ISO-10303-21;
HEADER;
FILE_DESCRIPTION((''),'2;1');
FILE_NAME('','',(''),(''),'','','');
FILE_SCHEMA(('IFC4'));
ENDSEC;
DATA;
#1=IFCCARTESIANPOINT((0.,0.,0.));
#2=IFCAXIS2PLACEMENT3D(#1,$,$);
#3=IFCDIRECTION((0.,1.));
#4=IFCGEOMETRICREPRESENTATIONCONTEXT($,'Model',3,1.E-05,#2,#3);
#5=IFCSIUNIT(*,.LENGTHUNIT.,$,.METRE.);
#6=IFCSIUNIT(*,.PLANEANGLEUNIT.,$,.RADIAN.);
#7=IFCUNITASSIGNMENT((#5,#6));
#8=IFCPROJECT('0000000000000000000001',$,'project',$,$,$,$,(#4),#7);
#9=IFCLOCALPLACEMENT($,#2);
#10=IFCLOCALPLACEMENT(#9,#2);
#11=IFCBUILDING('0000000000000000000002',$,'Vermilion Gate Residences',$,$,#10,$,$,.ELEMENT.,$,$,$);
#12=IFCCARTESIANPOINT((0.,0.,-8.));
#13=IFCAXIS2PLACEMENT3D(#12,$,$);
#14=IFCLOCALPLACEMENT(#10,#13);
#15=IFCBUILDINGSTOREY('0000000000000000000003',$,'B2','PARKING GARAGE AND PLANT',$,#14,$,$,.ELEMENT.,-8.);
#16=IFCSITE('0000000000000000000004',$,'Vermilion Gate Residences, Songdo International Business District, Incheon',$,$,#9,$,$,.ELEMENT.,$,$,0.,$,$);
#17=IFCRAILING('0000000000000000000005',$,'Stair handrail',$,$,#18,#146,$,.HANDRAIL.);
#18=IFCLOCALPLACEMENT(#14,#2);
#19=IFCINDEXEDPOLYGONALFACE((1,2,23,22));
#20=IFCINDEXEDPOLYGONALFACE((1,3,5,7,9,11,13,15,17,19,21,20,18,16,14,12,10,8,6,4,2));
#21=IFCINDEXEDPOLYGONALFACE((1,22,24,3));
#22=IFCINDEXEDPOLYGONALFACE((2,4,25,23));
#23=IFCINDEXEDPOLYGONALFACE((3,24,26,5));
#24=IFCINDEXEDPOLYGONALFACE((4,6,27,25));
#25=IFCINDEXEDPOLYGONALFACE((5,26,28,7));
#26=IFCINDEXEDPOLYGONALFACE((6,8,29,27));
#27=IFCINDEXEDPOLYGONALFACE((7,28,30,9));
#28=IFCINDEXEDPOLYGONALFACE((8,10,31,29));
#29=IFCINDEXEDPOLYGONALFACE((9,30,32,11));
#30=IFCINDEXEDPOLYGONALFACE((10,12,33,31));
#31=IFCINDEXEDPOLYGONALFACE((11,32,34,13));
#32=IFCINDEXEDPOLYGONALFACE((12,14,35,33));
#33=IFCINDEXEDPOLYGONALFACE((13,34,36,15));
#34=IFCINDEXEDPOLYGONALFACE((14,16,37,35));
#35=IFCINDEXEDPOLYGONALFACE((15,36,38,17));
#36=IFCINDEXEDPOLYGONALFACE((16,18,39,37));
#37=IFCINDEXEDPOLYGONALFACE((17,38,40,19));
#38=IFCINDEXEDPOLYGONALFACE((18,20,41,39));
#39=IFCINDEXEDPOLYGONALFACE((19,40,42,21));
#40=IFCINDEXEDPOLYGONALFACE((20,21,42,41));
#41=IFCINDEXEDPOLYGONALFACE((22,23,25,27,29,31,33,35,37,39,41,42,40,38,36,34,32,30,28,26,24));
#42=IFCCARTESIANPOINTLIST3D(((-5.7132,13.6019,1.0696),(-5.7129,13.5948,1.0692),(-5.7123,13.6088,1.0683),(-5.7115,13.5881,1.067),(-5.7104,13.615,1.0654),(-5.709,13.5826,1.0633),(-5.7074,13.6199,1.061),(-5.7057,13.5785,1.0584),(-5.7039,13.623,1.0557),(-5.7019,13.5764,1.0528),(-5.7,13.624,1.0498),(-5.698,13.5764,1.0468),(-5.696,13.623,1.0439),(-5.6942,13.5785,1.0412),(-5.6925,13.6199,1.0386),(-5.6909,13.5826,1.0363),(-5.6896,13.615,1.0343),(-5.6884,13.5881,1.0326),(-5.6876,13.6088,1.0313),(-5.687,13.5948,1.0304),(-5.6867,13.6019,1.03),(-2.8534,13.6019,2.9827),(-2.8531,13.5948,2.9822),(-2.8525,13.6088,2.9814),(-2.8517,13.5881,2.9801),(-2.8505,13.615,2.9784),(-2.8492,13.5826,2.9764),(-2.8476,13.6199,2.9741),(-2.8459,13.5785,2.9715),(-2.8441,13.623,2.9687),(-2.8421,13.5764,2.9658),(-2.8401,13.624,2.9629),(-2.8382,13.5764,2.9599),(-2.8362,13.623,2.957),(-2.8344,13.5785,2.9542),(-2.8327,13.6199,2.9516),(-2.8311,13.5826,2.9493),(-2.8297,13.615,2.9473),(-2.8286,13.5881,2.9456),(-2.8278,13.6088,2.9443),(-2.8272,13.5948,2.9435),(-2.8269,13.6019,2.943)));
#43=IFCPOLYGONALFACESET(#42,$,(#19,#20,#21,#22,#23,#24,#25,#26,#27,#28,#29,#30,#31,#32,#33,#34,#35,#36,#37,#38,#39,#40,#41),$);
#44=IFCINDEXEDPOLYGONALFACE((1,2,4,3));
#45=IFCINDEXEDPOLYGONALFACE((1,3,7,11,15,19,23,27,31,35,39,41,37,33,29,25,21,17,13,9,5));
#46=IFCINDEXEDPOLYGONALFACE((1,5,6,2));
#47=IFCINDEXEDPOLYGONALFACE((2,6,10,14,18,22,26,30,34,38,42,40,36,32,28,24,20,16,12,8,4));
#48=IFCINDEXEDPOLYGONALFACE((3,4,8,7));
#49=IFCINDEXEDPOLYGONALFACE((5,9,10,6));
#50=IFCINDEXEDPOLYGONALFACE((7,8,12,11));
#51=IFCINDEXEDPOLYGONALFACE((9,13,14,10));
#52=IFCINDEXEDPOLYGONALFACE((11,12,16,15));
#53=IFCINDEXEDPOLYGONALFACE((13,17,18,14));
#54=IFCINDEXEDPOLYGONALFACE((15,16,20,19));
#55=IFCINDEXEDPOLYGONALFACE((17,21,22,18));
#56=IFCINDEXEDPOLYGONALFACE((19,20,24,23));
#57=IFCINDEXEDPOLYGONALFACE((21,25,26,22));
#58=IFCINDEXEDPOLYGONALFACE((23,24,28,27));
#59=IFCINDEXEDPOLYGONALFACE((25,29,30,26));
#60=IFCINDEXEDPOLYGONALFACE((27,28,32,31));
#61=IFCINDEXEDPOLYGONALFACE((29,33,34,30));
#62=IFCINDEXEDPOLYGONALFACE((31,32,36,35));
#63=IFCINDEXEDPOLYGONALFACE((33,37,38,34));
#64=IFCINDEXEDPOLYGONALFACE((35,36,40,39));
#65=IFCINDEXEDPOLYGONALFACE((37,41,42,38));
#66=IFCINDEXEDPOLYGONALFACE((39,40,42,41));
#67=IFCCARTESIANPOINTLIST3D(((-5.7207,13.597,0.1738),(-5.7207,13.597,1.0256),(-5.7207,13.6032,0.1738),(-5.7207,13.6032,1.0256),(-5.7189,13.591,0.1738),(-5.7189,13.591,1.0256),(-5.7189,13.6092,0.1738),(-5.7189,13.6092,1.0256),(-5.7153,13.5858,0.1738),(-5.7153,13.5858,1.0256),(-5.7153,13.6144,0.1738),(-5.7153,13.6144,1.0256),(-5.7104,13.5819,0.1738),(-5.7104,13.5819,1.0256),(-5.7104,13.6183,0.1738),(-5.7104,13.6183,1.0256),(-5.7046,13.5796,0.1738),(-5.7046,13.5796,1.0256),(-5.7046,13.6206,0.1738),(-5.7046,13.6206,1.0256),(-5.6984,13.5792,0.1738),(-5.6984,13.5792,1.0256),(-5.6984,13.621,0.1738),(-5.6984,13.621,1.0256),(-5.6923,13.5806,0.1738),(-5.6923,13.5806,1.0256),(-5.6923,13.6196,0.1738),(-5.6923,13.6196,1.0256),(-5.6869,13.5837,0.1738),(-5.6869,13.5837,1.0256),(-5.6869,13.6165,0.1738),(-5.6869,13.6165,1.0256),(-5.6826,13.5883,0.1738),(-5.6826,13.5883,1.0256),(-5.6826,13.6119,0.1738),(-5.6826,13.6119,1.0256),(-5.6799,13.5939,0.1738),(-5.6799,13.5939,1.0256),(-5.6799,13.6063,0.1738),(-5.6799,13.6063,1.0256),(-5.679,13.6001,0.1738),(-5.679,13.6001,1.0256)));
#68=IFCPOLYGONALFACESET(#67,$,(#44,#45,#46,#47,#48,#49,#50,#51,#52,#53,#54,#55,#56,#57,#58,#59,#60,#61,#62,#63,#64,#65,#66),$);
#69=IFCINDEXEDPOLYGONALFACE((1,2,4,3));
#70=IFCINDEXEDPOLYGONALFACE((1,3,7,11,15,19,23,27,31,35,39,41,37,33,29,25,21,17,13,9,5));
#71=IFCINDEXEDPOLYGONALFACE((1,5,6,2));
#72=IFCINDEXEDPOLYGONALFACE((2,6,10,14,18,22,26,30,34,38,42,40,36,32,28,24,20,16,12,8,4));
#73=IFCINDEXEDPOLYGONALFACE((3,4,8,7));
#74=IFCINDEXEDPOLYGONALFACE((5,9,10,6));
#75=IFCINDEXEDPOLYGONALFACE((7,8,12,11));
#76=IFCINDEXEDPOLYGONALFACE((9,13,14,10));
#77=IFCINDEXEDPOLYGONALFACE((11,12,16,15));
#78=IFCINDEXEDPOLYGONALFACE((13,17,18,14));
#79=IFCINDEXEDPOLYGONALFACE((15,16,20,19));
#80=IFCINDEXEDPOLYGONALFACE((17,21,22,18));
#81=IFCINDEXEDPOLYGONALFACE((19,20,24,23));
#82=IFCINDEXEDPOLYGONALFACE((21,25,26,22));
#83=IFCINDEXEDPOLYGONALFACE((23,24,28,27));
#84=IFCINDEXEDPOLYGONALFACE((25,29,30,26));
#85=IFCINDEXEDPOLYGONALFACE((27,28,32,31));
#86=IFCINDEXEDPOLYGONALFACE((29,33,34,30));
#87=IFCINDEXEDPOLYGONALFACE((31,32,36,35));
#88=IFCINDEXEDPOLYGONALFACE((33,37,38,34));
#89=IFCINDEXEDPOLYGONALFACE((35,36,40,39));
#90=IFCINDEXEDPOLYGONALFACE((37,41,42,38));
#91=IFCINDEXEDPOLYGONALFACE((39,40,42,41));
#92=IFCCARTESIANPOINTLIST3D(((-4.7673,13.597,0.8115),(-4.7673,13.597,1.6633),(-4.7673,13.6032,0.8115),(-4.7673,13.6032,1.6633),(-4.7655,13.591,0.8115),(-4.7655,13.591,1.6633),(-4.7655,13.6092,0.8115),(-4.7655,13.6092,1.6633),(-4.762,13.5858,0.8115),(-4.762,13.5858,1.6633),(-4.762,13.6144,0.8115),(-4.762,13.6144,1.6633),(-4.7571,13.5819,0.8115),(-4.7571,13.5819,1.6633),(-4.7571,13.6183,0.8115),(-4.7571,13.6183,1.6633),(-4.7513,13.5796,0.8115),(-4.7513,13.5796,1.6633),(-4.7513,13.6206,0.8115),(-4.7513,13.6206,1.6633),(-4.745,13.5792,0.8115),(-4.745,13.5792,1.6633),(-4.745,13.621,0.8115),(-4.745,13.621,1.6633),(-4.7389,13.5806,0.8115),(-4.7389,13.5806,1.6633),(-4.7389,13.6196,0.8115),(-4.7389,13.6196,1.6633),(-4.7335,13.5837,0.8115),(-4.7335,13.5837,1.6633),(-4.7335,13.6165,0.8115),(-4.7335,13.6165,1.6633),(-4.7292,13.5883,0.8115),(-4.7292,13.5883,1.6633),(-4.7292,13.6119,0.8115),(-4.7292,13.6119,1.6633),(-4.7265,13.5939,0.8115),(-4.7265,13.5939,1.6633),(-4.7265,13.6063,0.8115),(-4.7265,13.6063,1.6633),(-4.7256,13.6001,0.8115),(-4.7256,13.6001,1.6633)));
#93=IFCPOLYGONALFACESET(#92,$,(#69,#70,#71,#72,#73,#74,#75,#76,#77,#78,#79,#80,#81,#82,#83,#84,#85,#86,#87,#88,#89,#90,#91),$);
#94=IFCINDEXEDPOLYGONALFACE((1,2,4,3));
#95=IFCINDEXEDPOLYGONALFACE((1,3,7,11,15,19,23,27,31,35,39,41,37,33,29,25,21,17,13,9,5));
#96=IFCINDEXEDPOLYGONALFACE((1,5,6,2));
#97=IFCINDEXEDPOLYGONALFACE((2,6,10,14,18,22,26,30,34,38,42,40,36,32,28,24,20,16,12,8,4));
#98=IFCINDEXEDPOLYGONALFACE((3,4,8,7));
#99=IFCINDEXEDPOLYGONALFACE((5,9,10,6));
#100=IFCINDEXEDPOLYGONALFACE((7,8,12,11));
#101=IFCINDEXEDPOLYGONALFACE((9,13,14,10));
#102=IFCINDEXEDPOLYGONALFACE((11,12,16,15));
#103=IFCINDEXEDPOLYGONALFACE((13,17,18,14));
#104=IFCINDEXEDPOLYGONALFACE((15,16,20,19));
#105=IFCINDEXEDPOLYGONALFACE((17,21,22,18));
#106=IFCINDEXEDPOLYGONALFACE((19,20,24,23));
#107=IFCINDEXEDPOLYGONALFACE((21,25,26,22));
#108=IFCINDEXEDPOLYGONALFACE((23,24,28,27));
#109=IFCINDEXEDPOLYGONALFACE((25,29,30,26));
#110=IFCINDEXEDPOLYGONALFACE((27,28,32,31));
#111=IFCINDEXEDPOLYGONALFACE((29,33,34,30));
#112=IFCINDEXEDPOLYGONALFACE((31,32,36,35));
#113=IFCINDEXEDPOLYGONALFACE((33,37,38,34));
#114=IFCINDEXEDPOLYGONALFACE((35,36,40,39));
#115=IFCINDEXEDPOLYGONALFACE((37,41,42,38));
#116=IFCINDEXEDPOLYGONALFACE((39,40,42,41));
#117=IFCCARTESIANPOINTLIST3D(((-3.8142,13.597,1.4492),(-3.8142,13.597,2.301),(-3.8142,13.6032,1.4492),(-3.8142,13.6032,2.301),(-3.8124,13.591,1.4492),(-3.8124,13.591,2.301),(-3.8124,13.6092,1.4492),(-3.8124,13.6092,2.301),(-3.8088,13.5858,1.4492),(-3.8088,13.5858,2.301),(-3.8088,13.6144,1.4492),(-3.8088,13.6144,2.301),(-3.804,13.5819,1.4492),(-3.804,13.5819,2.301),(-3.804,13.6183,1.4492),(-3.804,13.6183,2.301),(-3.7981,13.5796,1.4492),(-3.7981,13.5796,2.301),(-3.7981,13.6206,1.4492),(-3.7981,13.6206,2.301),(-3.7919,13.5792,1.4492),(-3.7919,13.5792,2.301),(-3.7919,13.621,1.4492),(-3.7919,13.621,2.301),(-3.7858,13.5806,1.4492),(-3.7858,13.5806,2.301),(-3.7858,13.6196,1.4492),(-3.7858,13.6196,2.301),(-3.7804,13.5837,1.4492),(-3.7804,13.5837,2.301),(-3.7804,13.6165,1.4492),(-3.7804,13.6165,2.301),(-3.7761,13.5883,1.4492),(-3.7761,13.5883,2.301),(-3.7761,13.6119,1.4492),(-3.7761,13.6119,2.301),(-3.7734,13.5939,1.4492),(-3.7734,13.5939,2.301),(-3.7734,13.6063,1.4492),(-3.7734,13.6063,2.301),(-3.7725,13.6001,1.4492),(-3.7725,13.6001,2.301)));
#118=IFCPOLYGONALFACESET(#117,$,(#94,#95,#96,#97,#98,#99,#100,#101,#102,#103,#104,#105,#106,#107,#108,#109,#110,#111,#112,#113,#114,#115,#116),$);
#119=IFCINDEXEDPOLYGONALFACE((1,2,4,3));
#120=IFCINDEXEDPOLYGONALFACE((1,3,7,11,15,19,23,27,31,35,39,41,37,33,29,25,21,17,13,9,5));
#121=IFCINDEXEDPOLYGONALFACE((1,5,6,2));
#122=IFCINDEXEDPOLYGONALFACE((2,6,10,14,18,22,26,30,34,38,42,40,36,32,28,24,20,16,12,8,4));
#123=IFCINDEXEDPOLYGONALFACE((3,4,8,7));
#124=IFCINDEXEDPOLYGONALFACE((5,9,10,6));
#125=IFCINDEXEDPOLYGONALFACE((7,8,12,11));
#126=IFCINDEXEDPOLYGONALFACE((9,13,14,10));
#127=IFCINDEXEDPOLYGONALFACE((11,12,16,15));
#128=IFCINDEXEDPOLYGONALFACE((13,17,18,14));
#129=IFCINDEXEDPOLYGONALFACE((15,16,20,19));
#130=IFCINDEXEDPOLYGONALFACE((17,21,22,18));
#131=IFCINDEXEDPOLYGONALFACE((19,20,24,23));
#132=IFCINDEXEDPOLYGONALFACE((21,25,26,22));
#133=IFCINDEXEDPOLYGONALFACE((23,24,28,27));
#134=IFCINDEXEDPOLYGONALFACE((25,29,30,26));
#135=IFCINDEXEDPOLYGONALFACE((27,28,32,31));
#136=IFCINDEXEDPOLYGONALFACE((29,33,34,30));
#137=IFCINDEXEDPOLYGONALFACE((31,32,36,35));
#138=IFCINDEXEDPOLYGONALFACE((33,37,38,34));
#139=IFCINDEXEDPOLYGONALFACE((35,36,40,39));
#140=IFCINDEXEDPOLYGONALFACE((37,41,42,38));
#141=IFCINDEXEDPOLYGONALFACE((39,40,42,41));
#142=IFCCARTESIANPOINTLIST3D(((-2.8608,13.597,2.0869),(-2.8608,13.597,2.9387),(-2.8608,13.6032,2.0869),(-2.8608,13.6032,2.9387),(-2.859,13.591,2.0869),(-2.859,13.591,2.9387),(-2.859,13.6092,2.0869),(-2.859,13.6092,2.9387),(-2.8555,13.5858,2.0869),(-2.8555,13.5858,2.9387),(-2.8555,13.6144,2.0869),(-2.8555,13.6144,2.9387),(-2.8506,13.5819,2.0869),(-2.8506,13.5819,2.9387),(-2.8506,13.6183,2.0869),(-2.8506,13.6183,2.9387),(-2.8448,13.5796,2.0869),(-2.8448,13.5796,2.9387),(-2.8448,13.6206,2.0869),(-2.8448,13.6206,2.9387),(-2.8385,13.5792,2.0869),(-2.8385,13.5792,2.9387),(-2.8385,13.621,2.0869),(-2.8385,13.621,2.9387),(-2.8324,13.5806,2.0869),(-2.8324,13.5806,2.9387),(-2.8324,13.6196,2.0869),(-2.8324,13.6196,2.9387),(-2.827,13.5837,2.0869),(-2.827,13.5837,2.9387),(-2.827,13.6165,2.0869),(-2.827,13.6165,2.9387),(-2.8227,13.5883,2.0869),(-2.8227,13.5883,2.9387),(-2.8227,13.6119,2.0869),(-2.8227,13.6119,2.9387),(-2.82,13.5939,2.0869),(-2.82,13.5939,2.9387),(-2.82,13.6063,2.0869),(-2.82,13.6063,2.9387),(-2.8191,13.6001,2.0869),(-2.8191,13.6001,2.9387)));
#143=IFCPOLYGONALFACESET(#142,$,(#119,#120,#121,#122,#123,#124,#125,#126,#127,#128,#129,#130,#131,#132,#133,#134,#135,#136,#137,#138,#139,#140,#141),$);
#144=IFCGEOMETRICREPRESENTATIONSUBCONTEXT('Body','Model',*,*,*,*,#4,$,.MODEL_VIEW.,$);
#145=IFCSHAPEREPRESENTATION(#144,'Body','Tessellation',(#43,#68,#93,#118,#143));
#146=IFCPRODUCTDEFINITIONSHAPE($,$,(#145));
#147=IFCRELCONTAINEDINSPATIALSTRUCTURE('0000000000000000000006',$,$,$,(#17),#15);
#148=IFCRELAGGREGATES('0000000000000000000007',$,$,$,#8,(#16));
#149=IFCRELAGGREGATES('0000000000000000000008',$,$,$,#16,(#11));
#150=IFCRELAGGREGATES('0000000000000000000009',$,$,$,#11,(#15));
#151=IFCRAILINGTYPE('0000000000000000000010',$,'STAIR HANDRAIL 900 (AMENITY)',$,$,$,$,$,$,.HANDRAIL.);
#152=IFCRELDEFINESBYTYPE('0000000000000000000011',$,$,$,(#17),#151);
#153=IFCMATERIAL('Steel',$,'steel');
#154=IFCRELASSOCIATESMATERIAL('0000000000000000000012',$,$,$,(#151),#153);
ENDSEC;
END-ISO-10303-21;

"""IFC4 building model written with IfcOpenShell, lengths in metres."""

from ifc_helpers import new_model, si_unit, direction, frame, origin, origin_2d, place, context, subcontext, project, spatial, circle, extrude, material, type_object, element, save


model = new_model("IFC4")

# Units and contexts
model_context = context("Model", 3, precision=1e-05, world=origin(), true_north=direction((0.0, 1.0)))
body_context = subcontext(model_context, "Body", "Model", "MODEL_VIEW")
ifc_project = project(units=[si_unit("LENGTHUNIT", "METRE"), si_unit("PLANEANGLEUNIT", "RADIAN")], contexts=[model_context])

# Site, building, storey
site_placement = place(None, origin())
site = spatial("IfcSite", under=ifc_project, at=site_placement, Name="Vermilion Gate Residences, Songdo International Business District, Incheon", CompositionType="ELEMENT", RefElevation=0.0)
building_placement = place(site_placement, origin())
building = spatial("IfcBuilding", under=site, at=building_placement, Name="Vermilion Gate Residences", CompositionType="ELEMENT")
storey_placement = place(building_placement, frame((0.0, 0.0, -8.0)))
storey = spatial("IfcBuildingStorey", under=building, at=storey_placement, Name="B2", Description="PARKING GARAGE AND PLANT", CompositionType="ELEMENT", Elevation=-8.0)

# Railing
ifc_material_1 = material(Name="Steel", Category="steel")
railing_type = type_object("IfcRailingType", Name="STAIR HANDRAIL 900 (AMENITY)", PredefinedType="HANDRAIL", material=ifc_material_1)
railing_1_placement = place(storey_placement, frame((-5.7, 13.6001, 0.1738)))
element("IfcRailing", 1, at=railing_1_placement, inside=storey, type_object=railing_type, Name="Stair handrail", PredefinedType="HANDRAIL", context=body_context, shape_type="SweptSolid", body=[
    extrude(circle(Radius=0.0239, at=origin_2d()), frame((0.0, 0.0, 0.876), z_axis=(0.831176, 0.0, 0.556009), x_axis=(0.0, 1.0, 0.0)), (0.0, 0.0, 1.0), 3.4407),
    extrude(circle(Radius=0.021, at=origin_2d()), origin(), (0.0, 0.0, 1.0), 0.8518),
    extrude(circle(Radius=0.021, at=origin_2d()), frame((0.9534, 0.0, 0.6377)), (0.0, 0.0, 1.0), 0.8518),
    extrude(circle(Radius=0.021, at=origin_2d()), frame((1.9065, 0.0, 1.2754)), (0.0, 0.0, 1.0), 0.8518),
    extrude(circle(Radius=0.021, at=origin_2d()), frame((2.8599, 0.0, 1.9131)), (0.0, 0.0, 1.0), 0.8518),
])

save(model, "model.ifc")
